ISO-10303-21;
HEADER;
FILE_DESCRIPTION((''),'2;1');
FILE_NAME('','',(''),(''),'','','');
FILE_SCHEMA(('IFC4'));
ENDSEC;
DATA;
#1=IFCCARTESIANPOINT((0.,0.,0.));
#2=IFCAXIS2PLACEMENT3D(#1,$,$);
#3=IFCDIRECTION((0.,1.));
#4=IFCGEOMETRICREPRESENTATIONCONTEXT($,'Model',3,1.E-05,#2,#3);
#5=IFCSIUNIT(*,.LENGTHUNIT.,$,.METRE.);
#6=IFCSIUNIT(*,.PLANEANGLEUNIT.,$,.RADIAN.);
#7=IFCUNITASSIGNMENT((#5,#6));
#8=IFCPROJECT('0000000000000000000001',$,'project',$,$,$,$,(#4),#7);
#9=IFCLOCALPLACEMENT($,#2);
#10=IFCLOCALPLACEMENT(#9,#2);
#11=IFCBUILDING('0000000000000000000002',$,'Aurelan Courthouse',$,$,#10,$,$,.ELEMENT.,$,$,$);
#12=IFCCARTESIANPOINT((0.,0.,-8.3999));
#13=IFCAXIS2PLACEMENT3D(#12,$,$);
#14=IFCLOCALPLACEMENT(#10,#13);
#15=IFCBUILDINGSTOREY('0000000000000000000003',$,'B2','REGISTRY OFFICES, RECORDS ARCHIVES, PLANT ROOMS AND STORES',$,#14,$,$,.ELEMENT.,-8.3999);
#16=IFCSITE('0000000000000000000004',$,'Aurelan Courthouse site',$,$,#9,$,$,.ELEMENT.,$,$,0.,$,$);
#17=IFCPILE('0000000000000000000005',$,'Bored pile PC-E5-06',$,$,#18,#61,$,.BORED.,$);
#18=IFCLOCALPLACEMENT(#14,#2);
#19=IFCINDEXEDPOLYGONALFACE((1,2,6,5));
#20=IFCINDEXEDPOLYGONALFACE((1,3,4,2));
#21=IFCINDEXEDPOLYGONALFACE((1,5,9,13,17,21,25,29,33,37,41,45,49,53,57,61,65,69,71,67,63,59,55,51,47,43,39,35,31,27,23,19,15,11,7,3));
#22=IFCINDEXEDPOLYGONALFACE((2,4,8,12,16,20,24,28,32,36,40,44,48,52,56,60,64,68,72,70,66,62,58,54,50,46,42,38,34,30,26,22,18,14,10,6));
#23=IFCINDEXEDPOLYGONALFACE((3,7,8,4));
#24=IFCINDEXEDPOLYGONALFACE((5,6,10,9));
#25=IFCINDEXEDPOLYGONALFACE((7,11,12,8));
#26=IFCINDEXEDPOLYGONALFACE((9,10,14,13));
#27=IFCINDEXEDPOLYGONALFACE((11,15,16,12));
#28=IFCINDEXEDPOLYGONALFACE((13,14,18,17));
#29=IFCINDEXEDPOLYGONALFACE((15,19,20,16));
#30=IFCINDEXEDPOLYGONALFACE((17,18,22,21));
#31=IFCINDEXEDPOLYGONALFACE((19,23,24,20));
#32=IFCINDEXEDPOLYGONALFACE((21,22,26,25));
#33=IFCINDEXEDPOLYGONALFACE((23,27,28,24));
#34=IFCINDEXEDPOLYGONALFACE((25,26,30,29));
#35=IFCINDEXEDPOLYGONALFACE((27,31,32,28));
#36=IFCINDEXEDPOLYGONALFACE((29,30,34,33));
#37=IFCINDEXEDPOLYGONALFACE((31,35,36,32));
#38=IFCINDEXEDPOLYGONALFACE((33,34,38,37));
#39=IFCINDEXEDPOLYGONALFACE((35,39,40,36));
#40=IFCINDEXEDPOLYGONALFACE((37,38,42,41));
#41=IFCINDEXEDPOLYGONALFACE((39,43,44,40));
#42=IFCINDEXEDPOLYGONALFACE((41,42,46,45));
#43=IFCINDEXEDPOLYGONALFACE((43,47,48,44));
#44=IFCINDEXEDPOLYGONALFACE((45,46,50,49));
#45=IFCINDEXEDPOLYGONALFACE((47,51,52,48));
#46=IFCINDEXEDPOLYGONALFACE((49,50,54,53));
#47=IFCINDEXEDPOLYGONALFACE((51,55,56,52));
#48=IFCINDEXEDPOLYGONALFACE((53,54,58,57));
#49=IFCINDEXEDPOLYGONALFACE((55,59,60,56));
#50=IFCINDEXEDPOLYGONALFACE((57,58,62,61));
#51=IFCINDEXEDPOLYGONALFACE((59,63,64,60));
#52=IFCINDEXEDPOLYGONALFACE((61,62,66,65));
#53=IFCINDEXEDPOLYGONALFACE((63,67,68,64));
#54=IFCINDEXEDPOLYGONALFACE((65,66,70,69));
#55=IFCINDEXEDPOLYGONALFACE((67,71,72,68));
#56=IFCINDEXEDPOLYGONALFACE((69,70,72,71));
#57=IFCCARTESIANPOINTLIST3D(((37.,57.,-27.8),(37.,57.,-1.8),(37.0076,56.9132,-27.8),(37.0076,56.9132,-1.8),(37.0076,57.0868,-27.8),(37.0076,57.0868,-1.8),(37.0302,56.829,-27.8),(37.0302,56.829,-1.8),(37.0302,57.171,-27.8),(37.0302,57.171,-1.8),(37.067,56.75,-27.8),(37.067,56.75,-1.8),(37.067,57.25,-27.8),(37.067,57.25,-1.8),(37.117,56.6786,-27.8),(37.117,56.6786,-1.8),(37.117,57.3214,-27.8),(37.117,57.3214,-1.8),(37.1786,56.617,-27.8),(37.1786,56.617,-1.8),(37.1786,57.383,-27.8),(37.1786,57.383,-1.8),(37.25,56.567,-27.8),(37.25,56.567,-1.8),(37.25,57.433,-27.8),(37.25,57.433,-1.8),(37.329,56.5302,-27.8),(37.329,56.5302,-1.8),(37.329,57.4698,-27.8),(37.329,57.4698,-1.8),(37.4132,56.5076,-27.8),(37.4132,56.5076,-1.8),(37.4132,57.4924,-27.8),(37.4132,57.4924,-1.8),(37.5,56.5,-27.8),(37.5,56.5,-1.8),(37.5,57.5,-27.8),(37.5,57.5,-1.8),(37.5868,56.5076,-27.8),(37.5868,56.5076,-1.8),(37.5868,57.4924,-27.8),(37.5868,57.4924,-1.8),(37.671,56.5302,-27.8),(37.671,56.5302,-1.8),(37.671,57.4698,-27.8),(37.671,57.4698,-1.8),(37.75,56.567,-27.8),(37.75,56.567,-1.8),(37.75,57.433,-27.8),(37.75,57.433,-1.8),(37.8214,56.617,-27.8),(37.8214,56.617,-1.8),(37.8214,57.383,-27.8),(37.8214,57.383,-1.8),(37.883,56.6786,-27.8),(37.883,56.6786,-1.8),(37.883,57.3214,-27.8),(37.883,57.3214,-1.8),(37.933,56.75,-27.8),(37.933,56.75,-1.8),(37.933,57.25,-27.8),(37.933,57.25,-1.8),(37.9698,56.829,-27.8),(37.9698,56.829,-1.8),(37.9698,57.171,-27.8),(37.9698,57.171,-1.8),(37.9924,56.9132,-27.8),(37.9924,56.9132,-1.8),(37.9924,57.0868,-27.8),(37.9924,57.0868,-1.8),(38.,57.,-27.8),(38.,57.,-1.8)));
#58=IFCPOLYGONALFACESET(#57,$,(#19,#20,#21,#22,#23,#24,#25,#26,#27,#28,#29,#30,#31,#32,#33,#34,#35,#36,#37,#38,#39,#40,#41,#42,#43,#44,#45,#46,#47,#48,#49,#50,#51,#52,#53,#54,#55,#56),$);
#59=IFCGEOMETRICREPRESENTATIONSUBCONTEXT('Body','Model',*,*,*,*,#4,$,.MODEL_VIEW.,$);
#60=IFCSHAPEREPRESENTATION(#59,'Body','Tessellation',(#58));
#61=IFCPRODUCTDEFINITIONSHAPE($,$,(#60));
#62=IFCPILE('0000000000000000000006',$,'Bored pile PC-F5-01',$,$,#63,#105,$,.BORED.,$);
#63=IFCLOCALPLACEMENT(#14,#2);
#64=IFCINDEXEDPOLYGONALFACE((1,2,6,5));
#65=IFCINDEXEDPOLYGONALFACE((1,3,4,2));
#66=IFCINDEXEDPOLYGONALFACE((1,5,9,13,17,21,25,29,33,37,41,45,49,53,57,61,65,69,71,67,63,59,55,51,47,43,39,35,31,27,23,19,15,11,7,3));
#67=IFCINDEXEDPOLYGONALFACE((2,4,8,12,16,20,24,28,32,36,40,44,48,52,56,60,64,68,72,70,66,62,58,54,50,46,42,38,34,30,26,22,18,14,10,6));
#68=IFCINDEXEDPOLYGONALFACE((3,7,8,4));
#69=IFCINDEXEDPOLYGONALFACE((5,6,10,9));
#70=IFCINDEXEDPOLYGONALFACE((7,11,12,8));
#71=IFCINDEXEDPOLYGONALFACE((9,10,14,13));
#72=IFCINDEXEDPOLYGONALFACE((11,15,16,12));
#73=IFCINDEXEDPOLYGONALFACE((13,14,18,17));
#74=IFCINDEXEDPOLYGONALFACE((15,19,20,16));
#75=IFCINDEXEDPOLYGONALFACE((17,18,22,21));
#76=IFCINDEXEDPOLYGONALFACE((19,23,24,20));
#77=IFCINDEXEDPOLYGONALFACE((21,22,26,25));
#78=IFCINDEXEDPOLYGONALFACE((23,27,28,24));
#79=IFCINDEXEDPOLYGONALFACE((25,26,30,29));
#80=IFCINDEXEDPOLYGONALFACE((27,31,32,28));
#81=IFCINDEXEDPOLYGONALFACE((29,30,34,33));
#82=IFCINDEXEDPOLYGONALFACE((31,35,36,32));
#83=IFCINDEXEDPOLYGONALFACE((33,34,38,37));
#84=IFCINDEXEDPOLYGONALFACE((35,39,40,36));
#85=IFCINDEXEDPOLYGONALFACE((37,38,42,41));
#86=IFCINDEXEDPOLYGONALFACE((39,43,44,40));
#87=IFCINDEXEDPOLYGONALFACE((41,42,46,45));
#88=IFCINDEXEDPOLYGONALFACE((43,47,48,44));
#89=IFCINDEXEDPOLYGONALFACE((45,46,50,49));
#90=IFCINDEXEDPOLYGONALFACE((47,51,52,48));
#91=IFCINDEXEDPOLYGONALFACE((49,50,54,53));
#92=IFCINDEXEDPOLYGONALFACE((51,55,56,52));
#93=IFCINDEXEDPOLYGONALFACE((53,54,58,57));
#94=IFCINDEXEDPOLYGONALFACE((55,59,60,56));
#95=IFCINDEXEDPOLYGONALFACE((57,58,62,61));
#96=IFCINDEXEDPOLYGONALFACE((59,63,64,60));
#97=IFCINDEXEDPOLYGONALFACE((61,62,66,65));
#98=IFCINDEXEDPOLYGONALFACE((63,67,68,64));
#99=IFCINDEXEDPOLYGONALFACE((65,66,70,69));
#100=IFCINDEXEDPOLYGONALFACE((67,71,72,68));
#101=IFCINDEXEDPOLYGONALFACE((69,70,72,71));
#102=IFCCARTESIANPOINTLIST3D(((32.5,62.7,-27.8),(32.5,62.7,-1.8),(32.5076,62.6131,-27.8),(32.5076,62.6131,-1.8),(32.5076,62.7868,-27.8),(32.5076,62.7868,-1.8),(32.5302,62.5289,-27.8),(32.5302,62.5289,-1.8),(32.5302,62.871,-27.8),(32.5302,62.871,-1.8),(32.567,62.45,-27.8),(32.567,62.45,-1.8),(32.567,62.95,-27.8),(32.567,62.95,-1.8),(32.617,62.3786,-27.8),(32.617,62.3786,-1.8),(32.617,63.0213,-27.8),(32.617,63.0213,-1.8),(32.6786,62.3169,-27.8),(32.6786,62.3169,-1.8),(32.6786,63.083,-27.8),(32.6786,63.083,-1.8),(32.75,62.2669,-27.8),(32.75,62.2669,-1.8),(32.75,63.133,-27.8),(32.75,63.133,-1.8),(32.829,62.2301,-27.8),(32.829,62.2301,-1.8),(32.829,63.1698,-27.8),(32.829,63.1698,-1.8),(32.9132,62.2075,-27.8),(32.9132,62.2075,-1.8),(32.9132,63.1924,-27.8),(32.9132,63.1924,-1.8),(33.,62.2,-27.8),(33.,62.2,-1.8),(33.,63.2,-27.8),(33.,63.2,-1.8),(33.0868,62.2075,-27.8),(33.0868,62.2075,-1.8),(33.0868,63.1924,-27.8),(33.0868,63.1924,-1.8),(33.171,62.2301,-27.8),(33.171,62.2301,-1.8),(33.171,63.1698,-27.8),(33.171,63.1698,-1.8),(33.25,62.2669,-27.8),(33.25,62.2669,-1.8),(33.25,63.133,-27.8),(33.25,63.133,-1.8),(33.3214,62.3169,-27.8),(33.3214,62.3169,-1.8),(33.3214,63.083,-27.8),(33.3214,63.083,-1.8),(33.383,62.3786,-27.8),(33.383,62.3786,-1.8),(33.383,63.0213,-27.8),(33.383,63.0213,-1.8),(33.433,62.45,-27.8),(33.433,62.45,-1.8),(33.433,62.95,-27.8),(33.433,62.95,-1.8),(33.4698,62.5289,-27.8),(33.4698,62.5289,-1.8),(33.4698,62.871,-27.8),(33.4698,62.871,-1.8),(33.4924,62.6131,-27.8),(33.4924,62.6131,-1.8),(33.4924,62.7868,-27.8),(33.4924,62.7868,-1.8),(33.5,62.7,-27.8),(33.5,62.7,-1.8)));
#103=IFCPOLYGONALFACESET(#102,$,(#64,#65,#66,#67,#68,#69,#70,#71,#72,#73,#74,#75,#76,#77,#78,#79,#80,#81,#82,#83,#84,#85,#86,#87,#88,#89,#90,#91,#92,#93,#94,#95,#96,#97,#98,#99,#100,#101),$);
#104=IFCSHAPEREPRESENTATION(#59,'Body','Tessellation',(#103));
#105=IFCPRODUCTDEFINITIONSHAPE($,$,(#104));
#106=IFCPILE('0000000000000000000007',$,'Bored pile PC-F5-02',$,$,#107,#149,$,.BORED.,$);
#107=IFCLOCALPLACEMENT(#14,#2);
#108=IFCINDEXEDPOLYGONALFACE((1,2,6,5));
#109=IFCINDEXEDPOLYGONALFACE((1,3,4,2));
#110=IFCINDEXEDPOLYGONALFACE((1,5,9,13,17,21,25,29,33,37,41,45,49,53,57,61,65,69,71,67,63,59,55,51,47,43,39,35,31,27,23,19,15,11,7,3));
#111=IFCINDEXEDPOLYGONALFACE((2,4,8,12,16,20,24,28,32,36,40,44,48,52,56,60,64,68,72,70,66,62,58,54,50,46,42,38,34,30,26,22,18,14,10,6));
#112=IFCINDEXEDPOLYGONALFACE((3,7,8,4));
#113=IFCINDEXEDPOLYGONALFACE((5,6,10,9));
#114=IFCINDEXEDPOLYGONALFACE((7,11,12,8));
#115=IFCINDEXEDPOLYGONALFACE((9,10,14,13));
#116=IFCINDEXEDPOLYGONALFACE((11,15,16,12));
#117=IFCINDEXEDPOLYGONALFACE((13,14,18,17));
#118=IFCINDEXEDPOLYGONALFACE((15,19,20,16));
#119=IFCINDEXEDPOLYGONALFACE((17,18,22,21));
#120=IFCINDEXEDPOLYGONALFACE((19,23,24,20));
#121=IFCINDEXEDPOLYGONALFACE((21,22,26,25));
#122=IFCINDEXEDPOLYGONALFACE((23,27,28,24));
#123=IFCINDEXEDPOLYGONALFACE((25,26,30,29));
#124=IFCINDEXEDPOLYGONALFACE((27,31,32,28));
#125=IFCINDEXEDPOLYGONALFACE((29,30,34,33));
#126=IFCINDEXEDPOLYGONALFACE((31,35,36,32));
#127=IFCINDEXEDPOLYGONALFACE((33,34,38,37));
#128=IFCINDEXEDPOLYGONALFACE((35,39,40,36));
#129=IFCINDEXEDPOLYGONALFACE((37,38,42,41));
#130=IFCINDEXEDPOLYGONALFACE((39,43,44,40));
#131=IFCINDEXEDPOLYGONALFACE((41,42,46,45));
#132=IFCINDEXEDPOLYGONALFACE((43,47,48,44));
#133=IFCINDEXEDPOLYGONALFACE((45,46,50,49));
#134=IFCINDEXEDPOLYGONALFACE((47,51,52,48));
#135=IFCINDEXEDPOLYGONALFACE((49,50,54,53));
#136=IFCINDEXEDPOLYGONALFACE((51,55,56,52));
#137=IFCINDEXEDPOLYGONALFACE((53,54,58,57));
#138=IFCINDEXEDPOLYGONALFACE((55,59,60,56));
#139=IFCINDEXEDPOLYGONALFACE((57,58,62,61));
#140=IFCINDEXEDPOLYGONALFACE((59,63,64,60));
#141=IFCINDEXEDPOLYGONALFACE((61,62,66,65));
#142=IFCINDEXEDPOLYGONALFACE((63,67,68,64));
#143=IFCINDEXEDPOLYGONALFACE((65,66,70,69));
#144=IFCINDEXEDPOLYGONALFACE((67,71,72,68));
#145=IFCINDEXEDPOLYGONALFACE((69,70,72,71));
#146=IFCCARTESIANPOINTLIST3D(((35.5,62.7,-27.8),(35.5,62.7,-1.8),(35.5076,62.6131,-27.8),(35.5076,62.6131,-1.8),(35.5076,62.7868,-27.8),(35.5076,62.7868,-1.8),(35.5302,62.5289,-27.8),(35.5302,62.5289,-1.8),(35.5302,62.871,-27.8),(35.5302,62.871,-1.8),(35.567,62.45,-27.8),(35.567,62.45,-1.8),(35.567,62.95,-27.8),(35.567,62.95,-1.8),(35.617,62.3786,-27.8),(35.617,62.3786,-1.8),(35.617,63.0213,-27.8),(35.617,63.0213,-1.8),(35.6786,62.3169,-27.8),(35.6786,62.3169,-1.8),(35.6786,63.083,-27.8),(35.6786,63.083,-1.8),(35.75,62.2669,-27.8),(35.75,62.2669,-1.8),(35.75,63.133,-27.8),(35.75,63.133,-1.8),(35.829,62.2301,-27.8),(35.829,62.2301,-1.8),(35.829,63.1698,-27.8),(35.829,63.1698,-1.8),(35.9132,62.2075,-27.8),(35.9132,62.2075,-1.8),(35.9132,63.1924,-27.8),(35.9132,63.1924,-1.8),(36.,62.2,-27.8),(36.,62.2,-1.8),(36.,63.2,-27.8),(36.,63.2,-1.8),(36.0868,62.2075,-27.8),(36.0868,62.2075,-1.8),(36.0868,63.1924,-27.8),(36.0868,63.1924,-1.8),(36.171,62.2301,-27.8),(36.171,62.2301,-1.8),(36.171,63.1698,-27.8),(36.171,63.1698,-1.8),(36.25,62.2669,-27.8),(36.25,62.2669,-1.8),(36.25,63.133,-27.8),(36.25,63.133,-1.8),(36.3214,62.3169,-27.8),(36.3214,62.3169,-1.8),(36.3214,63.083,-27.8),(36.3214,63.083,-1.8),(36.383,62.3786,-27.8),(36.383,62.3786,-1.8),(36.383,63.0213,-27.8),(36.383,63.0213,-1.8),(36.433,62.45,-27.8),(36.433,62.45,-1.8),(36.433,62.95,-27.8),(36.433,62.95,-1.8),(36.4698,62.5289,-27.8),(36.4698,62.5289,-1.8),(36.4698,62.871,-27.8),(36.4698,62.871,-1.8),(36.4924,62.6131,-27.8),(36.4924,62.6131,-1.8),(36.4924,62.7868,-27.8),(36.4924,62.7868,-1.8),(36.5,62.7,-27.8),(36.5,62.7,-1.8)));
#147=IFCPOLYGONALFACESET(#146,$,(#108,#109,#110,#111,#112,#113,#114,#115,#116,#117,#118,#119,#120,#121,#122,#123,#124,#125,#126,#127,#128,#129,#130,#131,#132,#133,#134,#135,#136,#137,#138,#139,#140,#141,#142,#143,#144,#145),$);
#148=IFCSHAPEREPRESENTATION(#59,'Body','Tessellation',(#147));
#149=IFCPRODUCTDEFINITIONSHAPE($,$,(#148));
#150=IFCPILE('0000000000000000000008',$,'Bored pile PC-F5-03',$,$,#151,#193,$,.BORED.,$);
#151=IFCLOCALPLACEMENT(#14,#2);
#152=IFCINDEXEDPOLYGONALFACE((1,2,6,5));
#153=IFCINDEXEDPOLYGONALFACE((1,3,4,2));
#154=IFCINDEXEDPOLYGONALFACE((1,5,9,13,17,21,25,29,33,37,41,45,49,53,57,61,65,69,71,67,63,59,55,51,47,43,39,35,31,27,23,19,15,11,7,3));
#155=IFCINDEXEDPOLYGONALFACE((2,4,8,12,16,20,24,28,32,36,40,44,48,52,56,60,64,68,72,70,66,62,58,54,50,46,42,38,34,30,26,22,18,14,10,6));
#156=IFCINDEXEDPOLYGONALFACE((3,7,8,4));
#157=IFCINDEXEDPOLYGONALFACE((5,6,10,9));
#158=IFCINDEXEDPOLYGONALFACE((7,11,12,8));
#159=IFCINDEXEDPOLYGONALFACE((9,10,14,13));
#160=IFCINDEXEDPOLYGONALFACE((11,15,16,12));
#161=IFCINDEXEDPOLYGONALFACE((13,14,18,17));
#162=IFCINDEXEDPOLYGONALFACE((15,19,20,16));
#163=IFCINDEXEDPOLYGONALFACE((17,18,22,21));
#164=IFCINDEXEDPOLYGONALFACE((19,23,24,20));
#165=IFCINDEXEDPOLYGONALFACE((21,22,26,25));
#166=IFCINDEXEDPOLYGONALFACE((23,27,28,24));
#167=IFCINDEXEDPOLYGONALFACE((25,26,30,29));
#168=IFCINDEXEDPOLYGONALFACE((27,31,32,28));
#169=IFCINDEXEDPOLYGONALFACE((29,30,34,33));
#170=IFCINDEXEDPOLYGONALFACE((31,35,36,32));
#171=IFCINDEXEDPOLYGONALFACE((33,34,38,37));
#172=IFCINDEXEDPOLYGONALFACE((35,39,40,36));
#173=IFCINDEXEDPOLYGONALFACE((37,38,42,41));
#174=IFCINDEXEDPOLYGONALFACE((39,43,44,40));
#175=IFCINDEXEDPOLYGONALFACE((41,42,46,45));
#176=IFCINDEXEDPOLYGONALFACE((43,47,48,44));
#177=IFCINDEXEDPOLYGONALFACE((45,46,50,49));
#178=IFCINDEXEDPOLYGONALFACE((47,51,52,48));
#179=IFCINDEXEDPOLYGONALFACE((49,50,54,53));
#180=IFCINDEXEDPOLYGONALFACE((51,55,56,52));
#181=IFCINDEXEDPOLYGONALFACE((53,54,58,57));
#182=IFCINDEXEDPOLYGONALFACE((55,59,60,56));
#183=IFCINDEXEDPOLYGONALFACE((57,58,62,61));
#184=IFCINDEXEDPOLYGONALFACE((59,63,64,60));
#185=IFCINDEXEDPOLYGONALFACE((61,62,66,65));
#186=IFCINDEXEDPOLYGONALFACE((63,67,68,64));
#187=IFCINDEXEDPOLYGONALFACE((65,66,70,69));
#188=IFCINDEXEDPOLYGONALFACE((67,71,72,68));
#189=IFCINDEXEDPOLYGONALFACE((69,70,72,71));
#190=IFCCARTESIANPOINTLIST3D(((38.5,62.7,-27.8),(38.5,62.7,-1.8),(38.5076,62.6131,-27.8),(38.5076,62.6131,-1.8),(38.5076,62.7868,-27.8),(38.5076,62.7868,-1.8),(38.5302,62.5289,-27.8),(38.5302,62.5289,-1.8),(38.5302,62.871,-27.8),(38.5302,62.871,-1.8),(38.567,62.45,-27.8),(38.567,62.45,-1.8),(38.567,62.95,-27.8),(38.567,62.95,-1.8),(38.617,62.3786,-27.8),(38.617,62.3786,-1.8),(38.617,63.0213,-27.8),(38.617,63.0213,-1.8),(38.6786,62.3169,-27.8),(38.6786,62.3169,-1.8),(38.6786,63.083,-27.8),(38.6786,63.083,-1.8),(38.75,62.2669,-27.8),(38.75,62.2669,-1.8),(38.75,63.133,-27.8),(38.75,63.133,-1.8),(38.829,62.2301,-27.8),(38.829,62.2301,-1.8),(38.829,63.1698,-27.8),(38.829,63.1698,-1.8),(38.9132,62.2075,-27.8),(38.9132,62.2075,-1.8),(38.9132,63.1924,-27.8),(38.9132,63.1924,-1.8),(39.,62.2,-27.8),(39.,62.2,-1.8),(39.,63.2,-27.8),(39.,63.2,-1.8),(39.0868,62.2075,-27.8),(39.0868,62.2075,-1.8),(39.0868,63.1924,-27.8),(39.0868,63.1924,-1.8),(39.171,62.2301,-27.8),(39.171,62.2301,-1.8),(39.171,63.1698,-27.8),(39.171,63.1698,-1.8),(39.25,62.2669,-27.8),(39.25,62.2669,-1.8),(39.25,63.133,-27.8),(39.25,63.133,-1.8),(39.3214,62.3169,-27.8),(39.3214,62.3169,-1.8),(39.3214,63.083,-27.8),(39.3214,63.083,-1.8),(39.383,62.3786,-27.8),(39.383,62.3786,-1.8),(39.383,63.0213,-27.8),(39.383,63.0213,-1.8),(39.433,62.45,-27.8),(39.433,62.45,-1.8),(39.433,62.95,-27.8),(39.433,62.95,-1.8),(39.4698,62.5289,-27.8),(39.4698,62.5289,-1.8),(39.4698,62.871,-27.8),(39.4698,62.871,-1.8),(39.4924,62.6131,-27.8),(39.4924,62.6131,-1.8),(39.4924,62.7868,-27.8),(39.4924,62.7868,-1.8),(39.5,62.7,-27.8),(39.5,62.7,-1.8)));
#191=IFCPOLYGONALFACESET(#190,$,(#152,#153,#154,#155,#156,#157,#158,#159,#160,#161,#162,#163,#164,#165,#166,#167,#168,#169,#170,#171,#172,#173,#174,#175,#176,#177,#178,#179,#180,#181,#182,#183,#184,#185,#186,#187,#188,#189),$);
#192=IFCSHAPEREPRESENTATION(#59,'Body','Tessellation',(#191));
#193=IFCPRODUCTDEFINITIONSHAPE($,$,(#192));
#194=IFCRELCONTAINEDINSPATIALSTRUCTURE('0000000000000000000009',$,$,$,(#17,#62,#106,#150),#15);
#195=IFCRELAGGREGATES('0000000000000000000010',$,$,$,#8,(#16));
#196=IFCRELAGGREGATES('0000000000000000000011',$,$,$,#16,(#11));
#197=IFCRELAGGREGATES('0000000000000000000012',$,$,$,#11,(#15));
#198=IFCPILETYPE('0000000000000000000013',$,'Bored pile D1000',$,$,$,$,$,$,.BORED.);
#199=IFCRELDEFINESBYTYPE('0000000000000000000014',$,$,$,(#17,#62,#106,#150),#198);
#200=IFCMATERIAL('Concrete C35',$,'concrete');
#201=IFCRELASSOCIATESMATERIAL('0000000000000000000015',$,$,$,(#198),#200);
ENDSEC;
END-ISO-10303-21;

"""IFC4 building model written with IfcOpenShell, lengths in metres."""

from ifc_helpers import new_model, si_unit, direction, frame, origin, origin_2d, place, context, subcontext, project, spatial, circle, extrude, material, material_profile, profile_set, type_object, element, save


model = new_model("IFC4")

# Units and contexts
model_context = context("Model", 3, precision=1e-05, world=origin(), true_north=direction((0.0, 1.0)))
body_context = subcontext(model_context, "Body", "Model", "MODEL_VIEW")
ifc_project = project(units=[si_unit("LENGTHUNIT", "METRE"), si_unit("PLANEANGLEUNIT", "RADIAN")], contexts=[model_context])

# Site, building, storey
site_placement = place(None, origin())
site = spatial("IfcSite", under=ifc_project, at=site_placement, Name="Aurelan Courthouse site", CompositionType="ELEMENT", RefElevation=0.0)
building_placement = place(site_placement, origin())
building = spatial("IfcBuilding", under=site, at=building_placement, Name="Aurelan Courthouse", CompositionType="ELEMENT")
storey_placement = place(building_placement, frame((0.0, 0.0, -8.3999)))
storey = spatial("IfcBuildingStorey", under=building, at=storey_placement, Name="B2", Description="REGISTRY OFFICES, RECORDS ARCHIVES, PLANT ROOMS AND STORES", CompositionType="ELEMENT", Elevation=-8.3999)

# Piles
ifc_material_1 = material(Name="Concrete C35", Category="concrete")
ifc_material_profile_1 = material_profile(ifc_material_1, circle(Radius=0.5, at=origin_2d()), Name="D1000")
ifc_profile_set_1 = profile_set([ifc_material_profile_1], Name="Concrete C35")
pile_type_1 = type_object("IfcPileType", Name="Bored pile D1000", PredefinedType="BORED", material=ifc_profile_set_1)
for number, where, z_axis, x_axis, name in (
    (1, (37.5, 57.0, -1.8), (0.0, 0.0, -1.0), (1.0, 0.0, 0.0), "Bored pile PC-E5-06"),
    (2, (33.0, 62.7, -1.8), (0.0, 0.0, -1.0), (1.0, 0.0, 0.0), "Bored pile PC-F5-01"),
    (3, (36.0, 62.7, -1.8), (0.0, 0.0, -1.0), (1.0, 0.0, 0.0), "Bored pile PC-F5-02"),
    (4, (39.0, 62.7, -1.8), (0.0, 0.0, -1.0), (1.0, 0.0, 0.0), "Bored pile PC-F5-03"),
):
    element("IfcPile", number, at=place(storey_placement, frame(where, z_axis=z_axis, x_axis=x_axis)), inside=storey, type_object=pile_type_1, Name=name, PredefinedType="BORED", context=body_context, shape_type="SweptSolid", body=[
        extrude(circle(Radius=0.5, at=origin_2d()), origin(), (0.0, 0.0, 1.0), 26.0),
    ])

save(model, "model.ifc")
